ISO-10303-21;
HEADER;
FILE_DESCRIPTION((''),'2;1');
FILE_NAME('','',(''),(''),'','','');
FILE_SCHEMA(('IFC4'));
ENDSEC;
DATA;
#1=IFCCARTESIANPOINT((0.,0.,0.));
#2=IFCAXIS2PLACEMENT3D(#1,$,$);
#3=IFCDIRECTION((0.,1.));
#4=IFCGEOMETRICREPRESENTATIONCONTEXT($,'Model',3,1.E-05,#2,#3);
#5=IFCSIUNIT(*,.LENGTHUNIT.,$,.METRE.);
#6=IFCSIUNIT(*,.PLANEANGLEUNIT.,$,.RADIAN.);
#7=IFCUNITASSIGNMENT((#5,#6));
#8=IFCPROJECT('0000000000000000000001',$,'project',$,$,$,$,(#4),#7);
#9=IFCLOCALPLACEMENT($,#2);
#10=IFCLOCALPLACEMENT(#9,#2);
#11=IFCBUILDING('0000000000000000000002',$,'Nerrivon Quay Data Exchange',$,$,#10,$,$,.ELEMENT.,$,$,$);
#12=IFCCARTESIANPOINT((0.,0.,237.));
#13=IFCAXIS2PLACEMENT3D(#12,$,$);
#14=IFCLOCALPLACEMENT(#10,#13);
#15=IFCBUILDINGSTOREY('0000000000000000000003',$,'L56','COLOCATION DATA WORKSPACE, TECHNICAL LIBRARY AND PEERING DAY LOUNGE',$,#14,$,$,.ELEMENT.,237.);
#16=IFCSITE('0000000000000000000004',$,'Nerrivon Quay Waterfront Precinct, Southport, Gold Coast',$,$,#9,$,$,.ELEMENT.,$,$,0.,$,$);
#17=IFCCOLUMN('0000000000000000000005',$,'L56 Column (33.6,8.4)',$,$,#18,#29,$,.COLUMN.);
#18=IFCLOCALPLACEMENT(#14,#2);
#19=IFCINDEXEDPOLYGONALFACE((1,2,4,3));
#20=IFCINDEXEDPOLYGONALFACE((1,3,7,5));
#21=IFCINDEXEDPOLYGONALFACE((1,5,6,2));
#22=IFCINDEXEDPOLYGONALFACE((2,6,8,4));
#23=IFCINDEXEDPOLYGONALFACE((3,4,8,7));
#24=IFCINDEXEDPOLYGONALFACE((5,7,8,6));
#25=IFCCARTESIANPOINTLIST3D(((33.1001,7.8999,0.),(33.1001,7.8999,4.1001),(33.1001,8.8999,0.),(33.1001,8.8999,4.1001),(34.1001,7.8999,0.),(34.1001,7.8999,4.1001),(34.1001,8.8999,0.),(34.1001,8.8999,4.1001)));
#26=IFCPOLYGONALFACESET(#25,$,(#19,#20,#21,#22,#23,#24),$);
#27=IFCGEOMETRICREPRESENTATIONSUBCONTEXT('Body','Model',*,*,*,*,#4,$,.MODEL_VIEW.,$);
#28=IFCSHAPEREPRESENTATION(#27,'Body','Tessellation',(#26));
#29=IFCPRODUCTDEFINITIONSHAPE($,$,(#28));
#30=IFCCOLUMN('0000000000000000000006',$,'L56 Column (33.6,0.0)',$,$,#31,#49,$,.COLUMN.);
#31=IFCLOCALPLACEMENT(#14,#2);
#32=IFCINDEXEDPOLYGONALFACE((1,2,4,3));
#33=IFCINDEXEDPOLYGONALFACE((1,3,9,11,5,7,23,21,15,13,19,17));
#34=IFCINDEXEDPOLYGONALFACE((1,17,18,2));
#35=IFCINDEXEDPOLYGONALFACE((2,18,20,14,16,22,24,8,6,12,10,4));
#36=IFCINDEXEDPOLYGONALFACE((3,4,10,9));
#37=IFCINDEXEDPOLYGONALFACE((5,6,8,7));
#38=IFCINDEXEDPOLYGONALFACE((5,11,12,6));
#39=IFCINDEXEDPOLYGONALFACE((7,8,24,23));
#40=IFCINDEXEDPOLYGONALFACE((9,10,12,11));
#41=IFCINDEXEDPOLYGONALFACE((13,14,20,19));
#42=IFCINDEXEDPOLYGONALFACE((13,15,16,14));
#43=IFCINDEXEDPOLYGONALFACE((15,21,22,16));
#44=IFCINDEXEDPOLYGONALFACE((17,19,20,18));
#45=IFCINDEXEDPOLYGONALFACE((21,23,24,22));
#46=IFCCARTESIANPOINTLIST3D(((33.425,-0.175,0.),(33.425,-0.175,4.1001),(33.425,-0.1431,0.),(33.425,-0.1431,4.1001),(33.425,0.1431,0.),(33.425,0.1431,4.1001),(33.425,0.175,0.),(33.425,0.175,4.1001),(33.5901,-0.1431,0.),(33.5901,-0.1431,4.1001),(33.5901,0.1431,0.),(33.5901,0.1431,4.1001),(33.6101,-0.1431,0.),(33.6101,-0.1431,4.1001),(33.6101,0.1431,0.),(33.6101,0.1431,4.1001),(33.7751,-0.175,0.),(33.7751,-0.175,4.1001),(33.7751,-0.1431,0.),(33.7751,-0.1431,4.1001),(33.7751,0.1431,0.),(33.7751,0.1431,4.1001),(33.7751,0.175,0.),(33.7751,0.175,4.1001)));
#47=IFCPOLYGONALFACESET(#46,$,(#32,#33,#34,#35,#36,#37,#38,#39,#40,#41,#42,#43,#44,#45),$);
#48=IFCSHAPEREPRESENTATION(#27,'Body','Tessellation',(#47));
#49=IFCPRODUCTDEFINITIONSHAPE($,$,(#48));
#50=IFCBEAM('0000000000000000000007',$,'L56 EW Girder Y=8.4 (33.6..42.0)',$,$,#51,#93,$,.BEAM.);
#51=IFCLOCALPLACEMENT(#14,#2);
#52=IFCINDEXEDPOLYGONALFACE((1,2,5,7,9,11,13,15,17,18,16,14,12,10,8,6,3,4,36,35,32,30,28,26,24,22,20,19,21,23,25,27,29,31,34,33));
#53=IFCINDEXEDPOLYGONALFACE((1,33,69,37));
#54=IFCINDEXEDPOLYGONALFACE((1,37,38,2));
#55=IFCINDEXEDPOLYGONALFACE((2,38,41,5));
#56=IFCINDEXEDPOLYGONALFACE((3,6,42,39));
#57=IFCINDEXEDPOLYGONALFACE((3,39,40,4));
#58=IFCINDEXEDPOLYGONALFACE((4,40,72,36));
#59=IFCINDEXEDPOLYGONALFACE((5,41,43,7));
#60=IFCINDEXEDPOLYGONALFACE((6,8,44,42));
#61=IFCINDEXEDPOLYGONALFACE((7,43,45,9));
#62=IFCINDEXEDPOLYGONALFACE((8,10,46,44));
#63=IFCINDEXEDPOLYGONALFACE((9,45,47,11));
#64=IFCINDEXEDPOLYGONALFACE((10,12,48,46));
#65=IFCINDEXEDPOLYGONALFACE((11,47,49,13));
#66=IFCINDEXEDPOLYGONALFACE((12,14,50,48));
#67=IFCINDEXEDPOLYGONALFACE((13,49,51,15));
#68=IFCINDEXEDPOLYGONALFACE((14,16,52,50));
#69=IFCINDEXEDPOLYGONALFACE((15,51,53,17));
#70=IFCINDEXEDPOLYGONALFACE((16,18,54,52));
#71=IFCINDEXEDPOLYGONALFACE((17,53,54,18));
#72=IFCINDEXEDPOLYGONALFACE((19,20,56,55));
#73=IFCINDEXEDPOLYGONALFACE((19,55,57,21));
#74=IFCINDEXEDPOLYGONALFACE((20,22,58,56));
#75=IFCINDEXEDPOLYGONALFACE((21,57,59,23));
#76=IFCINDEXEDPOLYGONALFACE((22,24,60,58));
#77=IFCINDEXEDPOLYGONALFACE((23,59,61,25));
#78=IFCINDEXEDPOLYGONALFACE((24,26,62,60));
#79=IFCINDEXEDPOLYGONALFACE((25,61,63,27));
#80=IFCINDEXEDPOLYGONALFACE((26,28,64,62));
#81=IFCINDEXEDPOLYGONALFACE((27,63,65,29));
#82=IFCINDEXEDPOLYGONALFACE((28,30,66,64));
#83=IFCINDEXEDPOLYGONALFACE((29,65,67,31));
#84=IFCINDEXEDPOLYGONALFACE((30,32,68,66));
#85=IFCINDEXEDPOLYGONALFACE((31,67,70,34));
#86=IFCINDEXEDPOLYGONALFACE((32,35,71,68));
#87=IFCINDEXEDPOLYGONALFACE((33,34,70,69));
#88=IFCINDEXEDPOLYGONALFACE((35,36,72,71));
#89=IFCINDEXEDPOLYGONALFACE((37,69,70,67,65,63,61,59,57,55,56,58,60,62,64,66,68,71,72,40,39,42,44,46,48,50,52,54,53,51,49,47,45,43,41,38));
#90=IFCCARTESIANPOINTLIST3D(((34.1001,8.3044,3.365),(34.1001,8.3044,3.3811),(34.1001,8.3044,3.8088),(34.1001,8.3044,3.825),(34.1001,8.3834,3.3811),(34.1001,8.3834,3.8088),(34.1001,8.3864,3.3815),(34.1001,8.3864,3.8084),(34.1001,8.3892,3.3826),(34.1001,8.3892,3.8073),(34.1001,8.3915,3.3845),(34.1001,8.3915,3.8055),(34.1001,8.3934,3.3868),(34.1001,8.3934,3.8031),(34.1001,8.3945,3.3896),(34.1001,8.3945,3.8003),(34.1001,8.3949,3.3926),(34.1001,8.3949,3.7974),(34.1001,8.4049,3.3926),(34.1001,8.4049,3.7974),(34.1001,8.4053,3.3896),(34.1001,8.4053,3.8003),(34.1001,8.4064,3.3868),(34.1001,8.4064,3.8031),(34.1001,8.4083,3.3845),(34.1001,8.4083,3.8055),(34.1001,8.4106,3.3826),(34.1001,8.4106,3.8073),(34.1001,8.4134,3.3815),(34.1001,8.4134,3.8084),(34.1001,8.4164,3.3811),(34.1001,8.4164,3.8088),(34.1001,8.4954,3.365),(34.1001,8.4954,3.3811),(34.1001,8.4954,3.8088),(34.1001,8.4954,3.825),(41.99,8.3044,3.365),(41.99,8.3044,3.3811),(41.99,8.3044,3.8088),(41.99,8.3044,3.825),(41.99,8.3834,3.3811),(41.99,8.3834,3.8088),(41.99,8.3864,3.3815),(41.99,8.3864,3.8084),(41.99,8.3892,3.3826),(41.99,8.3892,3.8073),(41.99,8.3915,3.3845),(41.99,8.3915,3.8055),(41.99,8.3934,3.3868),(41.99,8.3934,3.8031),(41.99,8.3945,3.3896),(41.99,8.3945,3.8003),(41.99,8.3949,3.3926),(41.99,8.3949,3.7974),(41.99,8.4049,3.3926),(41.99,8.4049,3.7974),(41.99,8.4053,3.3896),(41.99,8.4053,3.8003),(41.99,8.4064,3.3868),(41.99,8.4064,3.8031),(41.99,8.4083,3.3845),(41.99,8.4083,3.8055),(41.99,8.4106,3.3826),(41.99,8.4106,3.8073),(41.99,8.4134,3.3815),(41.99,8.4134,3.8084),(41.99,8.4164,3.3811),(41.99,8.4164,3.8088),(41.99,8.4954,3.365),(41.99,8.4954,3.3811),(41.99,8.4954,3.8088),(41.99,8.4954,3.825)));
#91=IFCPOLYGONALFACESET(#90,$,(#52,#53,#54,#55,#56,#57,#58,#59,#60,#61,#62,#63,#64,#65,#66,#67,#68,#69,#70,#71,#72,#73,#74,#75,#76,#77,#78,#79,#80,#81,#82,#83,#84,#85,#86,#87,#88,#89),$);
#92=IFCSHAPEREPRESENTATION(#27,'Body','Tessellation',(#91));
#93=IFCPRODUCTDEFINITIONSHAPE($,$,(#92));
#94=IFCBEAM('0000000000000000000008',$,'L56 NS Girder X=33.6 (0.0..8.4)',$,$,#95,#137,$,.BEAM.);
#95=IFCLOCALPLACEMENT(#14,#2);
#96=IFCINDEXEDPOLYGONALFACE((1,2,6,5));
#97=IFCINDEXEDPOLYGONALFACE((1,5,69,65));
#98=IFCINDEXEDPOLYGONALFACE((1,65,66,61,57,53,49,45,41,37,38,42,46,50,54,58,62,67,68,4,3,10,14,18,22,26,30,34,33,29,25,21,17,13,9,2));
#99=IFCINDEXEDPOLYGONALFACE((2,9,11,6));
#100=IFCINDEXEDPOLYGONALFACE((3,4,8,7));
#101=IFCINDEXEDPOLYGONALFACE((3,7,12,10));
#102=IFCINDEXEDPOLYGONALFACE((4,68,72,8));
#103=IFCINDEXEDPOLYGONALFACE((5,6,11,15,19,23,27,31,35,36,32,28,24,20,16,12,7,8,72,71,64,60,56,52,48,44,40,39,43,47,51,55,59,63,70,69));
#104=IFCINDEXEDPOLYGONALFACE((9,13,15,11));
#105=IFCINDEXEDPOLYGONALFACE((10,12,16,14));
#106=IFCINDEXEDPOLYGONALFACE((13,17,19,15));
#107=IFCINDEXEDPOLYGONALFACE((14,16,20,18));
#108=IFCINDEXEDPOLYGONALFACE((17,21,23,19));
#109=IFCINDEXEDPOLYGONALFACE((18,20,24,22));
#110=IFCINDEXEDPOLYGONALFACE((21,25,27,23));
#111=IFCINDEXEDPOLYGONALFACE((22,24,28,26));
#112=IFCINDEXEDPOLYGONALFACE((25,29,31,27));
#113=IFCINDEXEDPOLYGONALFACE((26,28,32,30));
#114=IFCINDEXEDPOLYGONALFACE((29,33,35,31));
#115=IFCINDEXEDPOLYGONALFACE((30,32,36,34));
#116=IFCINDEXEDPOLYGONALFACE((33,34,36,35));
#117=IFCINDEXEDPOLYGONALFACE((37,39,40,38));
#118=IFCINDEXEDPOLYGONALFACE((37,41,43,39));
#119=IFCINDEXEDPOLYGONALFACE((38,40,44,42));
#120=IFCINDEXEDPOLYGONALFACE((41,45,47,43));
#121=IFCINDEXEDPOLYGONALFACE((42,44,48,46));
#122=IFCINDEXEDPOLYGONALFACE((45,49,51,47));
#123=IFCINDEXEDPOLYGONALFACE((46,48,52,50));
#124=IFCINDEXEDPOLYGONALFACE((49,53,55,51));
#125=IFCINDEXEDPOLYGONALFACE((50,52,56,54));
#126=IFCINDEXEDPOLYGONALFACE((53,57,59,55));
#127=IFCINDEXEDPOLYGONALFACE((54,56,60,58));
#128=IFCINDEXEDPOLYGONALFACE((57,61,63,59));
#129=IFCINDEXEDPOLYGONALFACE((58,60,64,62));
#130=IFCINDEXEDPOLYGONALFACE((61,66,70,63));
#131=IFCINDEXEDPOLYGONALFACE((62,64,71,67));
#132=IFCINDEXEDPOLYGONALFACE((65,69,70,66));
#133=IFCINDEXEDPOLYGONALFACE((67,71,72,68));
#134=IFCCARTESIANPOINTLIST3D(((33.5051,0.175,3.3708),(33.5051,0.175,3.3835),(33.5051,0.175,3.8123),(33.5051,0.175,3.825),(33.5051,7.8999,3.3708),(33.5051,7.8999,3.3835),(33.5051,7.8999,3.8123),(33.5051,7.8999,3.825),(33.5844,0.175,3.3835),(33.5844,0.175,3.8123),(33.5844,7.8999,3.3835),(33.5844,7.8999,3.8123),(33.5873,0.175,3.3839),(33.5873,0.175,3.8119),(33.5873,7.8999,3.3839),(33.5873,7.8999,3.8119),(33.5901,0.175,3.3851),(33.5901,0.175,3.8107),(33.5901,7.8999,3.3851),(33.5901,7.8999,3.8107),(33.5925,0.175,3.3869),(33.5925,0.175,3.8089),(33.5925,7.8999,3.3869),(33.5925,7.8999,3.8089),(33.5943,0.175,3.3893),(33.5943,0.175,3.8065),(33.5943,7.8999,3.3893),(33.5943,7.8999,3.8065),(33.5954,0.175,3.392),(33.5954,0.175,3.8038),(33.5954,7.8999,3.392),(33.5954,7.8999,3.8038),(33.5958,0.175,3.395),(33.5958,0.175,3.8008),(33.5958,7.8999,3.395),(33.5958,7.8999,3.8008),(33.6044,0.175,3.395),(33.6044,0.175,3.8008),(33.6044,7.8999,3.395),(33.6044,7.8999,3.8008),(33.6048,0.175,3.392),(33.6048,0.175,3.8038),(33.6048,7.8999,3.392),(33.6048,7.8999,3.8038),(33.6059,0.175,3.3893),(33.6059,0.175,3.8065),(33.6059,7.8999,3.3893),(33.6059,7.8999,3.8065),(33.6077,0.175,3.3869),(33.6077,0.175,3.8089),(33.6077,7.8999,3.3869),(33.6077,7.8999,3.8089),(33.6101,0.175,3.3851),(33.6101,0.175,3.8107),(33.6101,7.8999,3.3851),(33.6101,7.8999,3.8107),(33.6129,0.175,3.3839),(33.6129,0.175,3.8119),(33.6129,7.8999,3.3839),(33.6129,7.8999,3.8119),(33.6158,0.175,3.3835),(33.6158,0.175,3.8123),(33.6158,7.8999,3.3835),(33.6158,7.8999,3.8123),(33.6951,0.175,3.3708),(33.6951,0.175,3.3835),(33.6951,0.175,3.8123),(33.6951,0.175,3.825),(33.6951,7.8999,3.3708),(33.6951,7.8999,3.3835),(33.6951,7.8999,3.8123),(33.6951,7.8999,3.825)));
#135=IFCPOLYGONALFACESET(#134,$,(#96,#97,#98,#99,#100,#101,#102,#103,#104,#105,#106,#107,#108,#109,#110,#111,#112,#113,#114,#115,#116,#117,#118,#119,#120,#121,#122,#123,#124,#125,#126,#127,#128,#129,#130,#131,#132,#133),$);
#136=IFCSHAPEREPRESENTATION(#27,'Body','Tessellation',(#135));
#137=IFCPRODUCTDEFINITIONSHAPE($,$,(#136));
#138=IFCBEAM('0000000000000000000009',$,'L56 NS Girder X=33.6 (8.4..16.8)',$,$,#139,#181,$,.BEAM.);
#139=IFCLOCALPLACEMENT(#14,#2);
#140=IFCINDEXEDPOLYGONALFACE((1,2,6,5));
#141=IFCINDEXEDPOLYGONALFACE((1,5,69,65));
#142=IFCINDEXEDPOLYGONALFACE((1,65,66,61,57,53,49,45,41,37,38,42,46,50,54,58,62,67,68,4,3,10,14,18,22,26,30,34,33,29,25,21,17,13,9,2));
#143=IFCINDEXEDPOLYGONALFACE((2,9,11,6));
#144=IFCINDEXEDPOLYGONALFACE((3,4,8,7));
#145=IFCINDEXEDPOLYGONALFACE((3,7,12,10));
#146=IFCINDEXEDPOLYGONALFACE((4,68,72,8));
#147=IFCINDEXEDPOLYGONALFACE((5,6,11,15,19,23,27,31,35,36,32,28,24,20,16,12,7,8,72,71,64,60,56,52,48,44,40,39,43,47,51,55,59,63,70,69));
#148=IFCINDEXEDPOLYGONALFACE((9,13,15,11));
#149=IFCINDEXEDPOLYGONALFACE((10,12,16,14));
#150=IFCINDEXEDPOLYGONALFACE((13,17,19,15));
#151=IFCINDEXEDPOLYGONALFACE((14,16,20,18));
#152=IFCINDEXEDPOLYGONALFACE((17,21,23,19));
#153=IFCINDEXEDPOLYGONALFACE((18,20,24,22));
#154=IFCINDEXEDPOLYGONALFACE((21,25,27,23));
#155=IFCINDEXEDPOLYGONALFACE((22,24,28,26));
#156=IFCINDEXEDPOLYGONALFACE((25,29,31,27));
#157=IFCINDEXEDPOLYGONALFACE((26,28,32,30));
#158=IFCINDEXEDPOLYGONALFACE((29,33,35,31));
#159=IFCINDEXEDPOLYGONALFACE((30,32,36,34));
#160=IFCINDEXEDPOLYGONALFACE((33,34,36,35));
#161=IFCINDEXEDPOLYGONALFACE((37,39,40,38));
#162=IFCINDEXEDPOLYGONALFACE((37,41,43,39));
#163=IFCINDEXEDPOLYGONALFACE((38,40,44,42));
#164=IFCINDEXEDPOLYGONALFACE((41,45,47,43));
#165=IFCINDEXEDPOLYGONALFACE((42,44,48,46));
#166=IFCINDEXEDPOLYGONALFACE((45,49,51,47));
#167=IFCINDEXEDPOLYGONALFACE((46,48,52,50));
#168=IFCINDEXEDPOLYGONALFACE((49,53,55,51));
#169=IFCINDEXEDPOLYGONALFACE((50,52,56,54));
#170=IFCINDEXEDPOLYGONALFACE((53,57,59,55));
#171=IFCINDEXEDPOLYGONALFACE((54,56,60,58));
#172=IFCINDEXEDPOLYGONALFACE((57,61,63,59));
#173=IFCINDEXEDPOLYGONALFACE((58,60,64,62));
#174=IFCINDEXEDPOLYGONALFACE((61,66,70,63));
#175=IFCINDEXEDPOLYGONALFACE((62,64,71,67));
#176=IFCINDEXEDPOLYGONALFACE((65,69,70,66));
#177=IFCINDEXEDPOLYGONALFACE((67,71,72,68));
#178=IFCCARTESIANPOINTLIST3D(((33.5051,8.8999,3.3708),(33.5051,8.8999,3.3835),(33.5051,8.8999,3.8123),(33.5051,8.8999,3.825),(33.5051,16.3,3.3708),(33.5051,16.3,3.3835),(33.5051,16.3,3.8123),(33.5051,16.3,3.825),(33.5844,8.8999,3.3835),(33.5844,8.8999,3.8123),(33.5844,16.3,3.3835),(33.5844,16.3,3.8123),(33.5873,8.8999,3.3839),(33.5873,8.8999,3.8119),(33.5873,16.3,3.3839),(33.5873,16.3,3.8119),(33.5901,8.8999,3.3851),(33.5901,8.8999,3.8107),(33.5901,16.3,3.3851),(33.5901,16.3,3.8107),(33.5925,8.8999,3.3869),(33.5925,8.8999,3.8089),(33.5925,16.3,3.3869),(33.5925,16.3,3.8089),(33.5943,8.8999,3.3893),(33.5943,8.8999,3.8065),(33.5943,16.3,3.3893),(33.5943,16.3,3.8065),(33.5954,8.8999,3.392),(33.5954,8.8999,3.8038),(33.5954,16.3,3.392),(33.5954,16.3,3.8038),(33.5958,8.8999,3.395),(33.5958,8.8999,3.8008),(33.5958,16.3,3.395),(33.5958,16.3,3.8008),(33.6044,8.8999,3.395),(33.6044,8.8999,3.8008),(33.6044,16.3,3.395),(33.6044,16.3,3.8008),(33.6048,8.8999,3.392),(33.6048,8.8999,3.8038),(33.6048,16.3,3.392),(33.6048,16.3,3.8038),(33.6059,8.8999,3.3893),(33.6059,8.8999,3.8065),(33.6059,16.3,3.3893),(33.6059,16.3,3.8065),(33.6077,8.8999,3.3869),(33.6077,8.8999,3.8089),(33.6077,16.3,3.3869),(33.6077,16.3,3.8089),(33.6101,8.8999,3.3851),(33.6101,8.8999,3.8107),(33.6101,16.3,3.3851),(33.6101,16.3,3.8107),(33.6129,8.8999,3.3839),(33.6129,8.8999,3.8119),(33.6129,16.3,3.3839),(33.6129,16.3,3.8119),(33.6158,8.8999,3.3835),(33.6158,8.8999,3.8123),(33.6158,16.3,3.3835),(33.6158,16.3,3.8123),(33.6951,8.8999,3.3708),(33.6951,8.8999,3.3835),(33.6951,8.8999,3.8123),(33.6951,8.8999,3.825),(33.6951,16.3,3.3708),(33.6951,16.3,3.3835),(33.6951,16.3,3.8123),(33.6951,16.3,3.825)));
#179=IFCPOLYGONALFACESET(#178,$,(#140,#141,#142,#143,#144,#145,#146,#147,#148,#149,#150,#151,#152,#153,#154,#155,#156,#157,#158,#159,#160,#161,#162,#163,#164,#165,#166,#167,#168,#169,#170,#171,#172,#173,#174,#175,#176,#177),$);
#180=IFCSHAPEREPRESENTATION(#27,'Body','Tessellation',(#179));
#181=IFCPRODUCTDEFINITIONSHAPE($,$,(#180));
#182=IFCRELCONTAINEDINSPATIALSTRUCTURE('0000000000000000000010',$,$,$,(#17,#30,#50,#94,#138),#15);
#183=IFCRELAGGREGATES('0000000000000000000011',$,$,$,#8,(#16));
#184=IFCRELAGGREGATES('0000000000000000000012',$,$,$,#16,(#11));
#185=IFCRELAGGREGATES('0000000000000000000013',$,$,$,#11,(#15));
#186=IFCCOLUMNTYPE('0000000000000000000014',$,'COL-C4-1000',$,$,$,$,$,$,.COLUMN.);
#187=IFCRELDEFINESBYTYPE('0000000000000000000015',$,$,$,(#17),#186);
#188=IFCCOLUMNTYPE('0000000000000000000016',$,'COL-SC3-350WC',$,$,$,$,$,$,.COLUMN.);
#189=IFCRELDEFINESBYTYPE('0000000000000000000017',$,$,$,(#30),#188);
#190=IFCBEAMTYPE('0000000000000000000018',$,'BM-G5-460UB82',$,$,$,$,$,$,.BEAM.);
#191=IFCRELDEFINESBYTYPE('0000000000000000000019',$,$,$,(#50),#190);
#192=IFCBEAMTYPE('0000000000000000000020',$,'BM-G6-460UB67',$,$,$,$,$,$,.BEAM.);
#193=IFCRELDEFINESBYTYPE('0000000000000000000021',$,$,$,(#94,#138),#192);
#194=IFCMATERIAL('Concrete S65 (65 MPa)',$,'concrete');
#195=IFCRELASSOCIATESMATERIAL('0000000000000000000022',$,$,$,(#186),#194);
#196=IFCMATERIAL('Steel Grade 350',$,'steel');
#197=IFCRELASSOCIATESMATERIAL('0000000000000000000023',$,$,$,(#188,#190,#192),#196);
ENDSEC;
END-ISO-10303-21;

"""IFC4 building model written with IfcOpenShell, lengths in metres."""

from ifc_helpers import new_model, si_unit, direction, frame, origin, origin_2d, place, context, subcontext, project, spatial, rectangle, i_section, extrude, material, material_profile, profile_set, type_object, element, save


model = new_model("IFC4")

# Units and contexts
model_context = context("Model", 3, precision=1e-05, world=origin(), true_north=direction((0.0, 1.0)))
body_context = subcontext(model_context, "Body", "Model", "MODEL_VIEW")
ifc_project = project(units=[si_unit("LENGTHUNIT", "METRE"), si_unit("PLANEANGLEUNIT", "RADIAN")], contexts=[model_context])

# Site, building, storey
site_placement = place(None, origin())
site = spatial("IfcSite", under=ifc_project, at=site_placement, Name="Nerrivon Quay Waterfront Precinct, Southport, Gold Coast", CompositionType="ELEMENT", RefElevation=0.0)
building_placement = place(site_placement, origin())
building = spatial("IfcBuilding", under=site, at=building_placement, Name="Nerrivon Quay Data Exchange", CompositionType="ELEMENT")
storey_placement = place(building_placement, frame((0.0, 0.0, 237.0)))
storey = spatial("IfcBuildingStorey", under=building, at=storey_placement, Name="L56", Description="COLOCATION DATA WORKSPACE, TECHNICAL LIBRARY AND PEERING DAY LOUNGE", CompositionType="ELEMENT", Elevation=237.0)

# Columns
ifc_material_1 = material(Name="Concrete S65 (65 MPa)", Category="concrete")
ifc_material_profile_1 = material_profile(ifc_material_1, rectangle(XDim=1.0, YDim=1.0, at=origin_2d()), Name="RC-COL-1000x1000")
ifc_profile_set_1 = profile_set([ifc_material_profile_1], Name="Concrete S65 (65 MPa)")
column_type_1 = type_object("IfcColumnType", Name="COL-C4-1000", PredefinedType="COLUMN", material=ifc_profile_set_1)
column_1_placement = place(storey_placement, frame((33.6001, 8.3999, 0.0), z_axis=(0.0, 0.0, 1.0), x_axis=(1.0, 0.0, 0.0)))
element("IfcColumn", 1, at=column_1_placement, inside=storey, type_object=column_type_1, Name="L56 Column (33.6,8.4)", PredefinedType="COLUMN", context=body_context, shape_type="SweptSolid", body=[
    extrude(rectangle(XDim=1.0, YDim=1.0, at=origin_2d()), origin(), (0.0, 0.0, 1.0), 4.1001),
])
ifc_material_2 = material(Name="Steel Grade 350", Category="steel")
ifc_material_profile_2 = material_profile(ifc_material_2, i_section(OverallWidth=0.3501, OverallDepth=0.3501, WebThickness=0.02, FlangeThickness=0.032, at=origin_2d()), Name="350WC230")
ifc_profile_set_2 = profile_set([ifc_material_profile_2], Name="Steel Grade 350")
column_type_2 = type_object("IfcColumnType", Name="COL-SC3-350WC", PredefinedType="COLUMN", material=ifc_profile_set_2)
column_2_placement = place(storey_placement, frame((33.6001, 0.0, 0.0), z_axis=(0.0, 0.0, 1.0), x_axis=(1.0, 0.0, 0.0)))
element("IfcColumn", 2, at=column_2_placement, inside=storey, type_object=column_type_2, Name="L56 Column (33.6,0.0)", PredefinedType="COLUMN", context=body_context, shape_type="SweptSolid", body=[
    extrude(i_section(OverallWidth=0.3501, OverallDepth=0.3501, WebThickness=0.02, FlangeThickness=0.032, at=origin_2d()), origin(), (0.0, 0.0, 1.0), 4.1001),
])

# Beams
ifc_material_profile_3 = material_profile(ifc_material_2, i_section(OverallWidth=0.1909, OverallDepth=0.46, WebThickness=0.01, FlangeThickness=0.0161, FilletRadius=0.0115, at=origin_2d()), Name="460UB82.1")
ifc_profile_set_3 = profile_set([ifc_material_profile_3], Name="Steel Grade 350")
beam_type_1 = type_object("IfcBeamType", Name="BM-G5-460UB82", PredefinedType="BEAM", material=ifc_profile_set_3)
beam_1_placement = place(storey_placement, frame((34.1001, 8.3999, 3.595), z_axis=(1.0, 0.0, 0.0), x_axis=(0.0, 1.0, 0.0)))
element("IfcBeam", 3, at=beam_1_placement, inside=storey, type_object=beam_type_1, Name="L56 EW Girder Y=8.4 (33.6..42.0)", PredefinedType="BEAM", context=body_context, shape_type="SweptSolid", body=[
    extrude(i_section(OverallWidth=0.1909, OverallDepth=0.46, WebThickness=0.01, FlangeThickness=0.0161, FilletRadius=0.0115, at=origin_2d()), origin(), (0.0, 0.0, 1.0), 7.8899),
])
ifc_material_profile_4 = material_profile(ifc_material_2, i_section(OverallWidth=0.1899, OverallDepth=0.4541, WebThickness=0.0085, FlangeThickness=0.0127, FilletRadius=0.0115, at=origin_2d()), Name="460UB67.1")
ifc_profile_set_4 = profile_set([ifc_material_profile_4], Name="Steel Grade 350")
beam_type_2 = type_object("IfcBeamType", Name="BM-G6-460UB67", PredefinedType="BEAM", material=ifc_profile_set_4)
beam_2_placement = place(storey_placement, frame((33.6001, 0.175, 3.5979), z_axis=(0.0, 1.0, 0.0), x_axis=(-1.0, 0.0, 0.0)))
element("IfcBeam", 4, at=beam_2_placement, inside=storey, type_object=beam_type_2, Name="L56 NS Girder X=33.6 (0.0..8.4)", PredefinedType="BEAM", context=body_context, shape_type="SweptSolid", body=[
    extrude(i_section(OverallWidth=0.1899, OverallDepth=0.4541, WebThickness=0.0085, FlangeThickness=0.0127, FilletRadius=0.0115, at=origin_2d()), origin(), (0.0, 0.0, 1.0), 7.7249),
])
beam_3_placement = place(storey_placement, frame((33.6001, 8.8999, 3.5979), z_axis=(0.0, 1.0, 0.0), x_axis=(-1.0, 0.0, 0.0)))
element("IfcBeam", 5, at=beam_3_placement, inside=storey, type_object=beam_type_2, Name="L56 NS Girder X=33.6 (8.4..16.8)", PredefinedType="BEAM", context=body_context, shape_type="SweptSolid", body=[
    extrude(i_section(OverallWidth=0.1899, OverallDepth=0.4541, WebThickness=0.0085, FlangeThickness=0.0127, FilletRadius=0.0115, at=origin_2d()), origin(), (0.0, 0.0, 1.0), 7.4001),
])

save(model, "model.ifc")
